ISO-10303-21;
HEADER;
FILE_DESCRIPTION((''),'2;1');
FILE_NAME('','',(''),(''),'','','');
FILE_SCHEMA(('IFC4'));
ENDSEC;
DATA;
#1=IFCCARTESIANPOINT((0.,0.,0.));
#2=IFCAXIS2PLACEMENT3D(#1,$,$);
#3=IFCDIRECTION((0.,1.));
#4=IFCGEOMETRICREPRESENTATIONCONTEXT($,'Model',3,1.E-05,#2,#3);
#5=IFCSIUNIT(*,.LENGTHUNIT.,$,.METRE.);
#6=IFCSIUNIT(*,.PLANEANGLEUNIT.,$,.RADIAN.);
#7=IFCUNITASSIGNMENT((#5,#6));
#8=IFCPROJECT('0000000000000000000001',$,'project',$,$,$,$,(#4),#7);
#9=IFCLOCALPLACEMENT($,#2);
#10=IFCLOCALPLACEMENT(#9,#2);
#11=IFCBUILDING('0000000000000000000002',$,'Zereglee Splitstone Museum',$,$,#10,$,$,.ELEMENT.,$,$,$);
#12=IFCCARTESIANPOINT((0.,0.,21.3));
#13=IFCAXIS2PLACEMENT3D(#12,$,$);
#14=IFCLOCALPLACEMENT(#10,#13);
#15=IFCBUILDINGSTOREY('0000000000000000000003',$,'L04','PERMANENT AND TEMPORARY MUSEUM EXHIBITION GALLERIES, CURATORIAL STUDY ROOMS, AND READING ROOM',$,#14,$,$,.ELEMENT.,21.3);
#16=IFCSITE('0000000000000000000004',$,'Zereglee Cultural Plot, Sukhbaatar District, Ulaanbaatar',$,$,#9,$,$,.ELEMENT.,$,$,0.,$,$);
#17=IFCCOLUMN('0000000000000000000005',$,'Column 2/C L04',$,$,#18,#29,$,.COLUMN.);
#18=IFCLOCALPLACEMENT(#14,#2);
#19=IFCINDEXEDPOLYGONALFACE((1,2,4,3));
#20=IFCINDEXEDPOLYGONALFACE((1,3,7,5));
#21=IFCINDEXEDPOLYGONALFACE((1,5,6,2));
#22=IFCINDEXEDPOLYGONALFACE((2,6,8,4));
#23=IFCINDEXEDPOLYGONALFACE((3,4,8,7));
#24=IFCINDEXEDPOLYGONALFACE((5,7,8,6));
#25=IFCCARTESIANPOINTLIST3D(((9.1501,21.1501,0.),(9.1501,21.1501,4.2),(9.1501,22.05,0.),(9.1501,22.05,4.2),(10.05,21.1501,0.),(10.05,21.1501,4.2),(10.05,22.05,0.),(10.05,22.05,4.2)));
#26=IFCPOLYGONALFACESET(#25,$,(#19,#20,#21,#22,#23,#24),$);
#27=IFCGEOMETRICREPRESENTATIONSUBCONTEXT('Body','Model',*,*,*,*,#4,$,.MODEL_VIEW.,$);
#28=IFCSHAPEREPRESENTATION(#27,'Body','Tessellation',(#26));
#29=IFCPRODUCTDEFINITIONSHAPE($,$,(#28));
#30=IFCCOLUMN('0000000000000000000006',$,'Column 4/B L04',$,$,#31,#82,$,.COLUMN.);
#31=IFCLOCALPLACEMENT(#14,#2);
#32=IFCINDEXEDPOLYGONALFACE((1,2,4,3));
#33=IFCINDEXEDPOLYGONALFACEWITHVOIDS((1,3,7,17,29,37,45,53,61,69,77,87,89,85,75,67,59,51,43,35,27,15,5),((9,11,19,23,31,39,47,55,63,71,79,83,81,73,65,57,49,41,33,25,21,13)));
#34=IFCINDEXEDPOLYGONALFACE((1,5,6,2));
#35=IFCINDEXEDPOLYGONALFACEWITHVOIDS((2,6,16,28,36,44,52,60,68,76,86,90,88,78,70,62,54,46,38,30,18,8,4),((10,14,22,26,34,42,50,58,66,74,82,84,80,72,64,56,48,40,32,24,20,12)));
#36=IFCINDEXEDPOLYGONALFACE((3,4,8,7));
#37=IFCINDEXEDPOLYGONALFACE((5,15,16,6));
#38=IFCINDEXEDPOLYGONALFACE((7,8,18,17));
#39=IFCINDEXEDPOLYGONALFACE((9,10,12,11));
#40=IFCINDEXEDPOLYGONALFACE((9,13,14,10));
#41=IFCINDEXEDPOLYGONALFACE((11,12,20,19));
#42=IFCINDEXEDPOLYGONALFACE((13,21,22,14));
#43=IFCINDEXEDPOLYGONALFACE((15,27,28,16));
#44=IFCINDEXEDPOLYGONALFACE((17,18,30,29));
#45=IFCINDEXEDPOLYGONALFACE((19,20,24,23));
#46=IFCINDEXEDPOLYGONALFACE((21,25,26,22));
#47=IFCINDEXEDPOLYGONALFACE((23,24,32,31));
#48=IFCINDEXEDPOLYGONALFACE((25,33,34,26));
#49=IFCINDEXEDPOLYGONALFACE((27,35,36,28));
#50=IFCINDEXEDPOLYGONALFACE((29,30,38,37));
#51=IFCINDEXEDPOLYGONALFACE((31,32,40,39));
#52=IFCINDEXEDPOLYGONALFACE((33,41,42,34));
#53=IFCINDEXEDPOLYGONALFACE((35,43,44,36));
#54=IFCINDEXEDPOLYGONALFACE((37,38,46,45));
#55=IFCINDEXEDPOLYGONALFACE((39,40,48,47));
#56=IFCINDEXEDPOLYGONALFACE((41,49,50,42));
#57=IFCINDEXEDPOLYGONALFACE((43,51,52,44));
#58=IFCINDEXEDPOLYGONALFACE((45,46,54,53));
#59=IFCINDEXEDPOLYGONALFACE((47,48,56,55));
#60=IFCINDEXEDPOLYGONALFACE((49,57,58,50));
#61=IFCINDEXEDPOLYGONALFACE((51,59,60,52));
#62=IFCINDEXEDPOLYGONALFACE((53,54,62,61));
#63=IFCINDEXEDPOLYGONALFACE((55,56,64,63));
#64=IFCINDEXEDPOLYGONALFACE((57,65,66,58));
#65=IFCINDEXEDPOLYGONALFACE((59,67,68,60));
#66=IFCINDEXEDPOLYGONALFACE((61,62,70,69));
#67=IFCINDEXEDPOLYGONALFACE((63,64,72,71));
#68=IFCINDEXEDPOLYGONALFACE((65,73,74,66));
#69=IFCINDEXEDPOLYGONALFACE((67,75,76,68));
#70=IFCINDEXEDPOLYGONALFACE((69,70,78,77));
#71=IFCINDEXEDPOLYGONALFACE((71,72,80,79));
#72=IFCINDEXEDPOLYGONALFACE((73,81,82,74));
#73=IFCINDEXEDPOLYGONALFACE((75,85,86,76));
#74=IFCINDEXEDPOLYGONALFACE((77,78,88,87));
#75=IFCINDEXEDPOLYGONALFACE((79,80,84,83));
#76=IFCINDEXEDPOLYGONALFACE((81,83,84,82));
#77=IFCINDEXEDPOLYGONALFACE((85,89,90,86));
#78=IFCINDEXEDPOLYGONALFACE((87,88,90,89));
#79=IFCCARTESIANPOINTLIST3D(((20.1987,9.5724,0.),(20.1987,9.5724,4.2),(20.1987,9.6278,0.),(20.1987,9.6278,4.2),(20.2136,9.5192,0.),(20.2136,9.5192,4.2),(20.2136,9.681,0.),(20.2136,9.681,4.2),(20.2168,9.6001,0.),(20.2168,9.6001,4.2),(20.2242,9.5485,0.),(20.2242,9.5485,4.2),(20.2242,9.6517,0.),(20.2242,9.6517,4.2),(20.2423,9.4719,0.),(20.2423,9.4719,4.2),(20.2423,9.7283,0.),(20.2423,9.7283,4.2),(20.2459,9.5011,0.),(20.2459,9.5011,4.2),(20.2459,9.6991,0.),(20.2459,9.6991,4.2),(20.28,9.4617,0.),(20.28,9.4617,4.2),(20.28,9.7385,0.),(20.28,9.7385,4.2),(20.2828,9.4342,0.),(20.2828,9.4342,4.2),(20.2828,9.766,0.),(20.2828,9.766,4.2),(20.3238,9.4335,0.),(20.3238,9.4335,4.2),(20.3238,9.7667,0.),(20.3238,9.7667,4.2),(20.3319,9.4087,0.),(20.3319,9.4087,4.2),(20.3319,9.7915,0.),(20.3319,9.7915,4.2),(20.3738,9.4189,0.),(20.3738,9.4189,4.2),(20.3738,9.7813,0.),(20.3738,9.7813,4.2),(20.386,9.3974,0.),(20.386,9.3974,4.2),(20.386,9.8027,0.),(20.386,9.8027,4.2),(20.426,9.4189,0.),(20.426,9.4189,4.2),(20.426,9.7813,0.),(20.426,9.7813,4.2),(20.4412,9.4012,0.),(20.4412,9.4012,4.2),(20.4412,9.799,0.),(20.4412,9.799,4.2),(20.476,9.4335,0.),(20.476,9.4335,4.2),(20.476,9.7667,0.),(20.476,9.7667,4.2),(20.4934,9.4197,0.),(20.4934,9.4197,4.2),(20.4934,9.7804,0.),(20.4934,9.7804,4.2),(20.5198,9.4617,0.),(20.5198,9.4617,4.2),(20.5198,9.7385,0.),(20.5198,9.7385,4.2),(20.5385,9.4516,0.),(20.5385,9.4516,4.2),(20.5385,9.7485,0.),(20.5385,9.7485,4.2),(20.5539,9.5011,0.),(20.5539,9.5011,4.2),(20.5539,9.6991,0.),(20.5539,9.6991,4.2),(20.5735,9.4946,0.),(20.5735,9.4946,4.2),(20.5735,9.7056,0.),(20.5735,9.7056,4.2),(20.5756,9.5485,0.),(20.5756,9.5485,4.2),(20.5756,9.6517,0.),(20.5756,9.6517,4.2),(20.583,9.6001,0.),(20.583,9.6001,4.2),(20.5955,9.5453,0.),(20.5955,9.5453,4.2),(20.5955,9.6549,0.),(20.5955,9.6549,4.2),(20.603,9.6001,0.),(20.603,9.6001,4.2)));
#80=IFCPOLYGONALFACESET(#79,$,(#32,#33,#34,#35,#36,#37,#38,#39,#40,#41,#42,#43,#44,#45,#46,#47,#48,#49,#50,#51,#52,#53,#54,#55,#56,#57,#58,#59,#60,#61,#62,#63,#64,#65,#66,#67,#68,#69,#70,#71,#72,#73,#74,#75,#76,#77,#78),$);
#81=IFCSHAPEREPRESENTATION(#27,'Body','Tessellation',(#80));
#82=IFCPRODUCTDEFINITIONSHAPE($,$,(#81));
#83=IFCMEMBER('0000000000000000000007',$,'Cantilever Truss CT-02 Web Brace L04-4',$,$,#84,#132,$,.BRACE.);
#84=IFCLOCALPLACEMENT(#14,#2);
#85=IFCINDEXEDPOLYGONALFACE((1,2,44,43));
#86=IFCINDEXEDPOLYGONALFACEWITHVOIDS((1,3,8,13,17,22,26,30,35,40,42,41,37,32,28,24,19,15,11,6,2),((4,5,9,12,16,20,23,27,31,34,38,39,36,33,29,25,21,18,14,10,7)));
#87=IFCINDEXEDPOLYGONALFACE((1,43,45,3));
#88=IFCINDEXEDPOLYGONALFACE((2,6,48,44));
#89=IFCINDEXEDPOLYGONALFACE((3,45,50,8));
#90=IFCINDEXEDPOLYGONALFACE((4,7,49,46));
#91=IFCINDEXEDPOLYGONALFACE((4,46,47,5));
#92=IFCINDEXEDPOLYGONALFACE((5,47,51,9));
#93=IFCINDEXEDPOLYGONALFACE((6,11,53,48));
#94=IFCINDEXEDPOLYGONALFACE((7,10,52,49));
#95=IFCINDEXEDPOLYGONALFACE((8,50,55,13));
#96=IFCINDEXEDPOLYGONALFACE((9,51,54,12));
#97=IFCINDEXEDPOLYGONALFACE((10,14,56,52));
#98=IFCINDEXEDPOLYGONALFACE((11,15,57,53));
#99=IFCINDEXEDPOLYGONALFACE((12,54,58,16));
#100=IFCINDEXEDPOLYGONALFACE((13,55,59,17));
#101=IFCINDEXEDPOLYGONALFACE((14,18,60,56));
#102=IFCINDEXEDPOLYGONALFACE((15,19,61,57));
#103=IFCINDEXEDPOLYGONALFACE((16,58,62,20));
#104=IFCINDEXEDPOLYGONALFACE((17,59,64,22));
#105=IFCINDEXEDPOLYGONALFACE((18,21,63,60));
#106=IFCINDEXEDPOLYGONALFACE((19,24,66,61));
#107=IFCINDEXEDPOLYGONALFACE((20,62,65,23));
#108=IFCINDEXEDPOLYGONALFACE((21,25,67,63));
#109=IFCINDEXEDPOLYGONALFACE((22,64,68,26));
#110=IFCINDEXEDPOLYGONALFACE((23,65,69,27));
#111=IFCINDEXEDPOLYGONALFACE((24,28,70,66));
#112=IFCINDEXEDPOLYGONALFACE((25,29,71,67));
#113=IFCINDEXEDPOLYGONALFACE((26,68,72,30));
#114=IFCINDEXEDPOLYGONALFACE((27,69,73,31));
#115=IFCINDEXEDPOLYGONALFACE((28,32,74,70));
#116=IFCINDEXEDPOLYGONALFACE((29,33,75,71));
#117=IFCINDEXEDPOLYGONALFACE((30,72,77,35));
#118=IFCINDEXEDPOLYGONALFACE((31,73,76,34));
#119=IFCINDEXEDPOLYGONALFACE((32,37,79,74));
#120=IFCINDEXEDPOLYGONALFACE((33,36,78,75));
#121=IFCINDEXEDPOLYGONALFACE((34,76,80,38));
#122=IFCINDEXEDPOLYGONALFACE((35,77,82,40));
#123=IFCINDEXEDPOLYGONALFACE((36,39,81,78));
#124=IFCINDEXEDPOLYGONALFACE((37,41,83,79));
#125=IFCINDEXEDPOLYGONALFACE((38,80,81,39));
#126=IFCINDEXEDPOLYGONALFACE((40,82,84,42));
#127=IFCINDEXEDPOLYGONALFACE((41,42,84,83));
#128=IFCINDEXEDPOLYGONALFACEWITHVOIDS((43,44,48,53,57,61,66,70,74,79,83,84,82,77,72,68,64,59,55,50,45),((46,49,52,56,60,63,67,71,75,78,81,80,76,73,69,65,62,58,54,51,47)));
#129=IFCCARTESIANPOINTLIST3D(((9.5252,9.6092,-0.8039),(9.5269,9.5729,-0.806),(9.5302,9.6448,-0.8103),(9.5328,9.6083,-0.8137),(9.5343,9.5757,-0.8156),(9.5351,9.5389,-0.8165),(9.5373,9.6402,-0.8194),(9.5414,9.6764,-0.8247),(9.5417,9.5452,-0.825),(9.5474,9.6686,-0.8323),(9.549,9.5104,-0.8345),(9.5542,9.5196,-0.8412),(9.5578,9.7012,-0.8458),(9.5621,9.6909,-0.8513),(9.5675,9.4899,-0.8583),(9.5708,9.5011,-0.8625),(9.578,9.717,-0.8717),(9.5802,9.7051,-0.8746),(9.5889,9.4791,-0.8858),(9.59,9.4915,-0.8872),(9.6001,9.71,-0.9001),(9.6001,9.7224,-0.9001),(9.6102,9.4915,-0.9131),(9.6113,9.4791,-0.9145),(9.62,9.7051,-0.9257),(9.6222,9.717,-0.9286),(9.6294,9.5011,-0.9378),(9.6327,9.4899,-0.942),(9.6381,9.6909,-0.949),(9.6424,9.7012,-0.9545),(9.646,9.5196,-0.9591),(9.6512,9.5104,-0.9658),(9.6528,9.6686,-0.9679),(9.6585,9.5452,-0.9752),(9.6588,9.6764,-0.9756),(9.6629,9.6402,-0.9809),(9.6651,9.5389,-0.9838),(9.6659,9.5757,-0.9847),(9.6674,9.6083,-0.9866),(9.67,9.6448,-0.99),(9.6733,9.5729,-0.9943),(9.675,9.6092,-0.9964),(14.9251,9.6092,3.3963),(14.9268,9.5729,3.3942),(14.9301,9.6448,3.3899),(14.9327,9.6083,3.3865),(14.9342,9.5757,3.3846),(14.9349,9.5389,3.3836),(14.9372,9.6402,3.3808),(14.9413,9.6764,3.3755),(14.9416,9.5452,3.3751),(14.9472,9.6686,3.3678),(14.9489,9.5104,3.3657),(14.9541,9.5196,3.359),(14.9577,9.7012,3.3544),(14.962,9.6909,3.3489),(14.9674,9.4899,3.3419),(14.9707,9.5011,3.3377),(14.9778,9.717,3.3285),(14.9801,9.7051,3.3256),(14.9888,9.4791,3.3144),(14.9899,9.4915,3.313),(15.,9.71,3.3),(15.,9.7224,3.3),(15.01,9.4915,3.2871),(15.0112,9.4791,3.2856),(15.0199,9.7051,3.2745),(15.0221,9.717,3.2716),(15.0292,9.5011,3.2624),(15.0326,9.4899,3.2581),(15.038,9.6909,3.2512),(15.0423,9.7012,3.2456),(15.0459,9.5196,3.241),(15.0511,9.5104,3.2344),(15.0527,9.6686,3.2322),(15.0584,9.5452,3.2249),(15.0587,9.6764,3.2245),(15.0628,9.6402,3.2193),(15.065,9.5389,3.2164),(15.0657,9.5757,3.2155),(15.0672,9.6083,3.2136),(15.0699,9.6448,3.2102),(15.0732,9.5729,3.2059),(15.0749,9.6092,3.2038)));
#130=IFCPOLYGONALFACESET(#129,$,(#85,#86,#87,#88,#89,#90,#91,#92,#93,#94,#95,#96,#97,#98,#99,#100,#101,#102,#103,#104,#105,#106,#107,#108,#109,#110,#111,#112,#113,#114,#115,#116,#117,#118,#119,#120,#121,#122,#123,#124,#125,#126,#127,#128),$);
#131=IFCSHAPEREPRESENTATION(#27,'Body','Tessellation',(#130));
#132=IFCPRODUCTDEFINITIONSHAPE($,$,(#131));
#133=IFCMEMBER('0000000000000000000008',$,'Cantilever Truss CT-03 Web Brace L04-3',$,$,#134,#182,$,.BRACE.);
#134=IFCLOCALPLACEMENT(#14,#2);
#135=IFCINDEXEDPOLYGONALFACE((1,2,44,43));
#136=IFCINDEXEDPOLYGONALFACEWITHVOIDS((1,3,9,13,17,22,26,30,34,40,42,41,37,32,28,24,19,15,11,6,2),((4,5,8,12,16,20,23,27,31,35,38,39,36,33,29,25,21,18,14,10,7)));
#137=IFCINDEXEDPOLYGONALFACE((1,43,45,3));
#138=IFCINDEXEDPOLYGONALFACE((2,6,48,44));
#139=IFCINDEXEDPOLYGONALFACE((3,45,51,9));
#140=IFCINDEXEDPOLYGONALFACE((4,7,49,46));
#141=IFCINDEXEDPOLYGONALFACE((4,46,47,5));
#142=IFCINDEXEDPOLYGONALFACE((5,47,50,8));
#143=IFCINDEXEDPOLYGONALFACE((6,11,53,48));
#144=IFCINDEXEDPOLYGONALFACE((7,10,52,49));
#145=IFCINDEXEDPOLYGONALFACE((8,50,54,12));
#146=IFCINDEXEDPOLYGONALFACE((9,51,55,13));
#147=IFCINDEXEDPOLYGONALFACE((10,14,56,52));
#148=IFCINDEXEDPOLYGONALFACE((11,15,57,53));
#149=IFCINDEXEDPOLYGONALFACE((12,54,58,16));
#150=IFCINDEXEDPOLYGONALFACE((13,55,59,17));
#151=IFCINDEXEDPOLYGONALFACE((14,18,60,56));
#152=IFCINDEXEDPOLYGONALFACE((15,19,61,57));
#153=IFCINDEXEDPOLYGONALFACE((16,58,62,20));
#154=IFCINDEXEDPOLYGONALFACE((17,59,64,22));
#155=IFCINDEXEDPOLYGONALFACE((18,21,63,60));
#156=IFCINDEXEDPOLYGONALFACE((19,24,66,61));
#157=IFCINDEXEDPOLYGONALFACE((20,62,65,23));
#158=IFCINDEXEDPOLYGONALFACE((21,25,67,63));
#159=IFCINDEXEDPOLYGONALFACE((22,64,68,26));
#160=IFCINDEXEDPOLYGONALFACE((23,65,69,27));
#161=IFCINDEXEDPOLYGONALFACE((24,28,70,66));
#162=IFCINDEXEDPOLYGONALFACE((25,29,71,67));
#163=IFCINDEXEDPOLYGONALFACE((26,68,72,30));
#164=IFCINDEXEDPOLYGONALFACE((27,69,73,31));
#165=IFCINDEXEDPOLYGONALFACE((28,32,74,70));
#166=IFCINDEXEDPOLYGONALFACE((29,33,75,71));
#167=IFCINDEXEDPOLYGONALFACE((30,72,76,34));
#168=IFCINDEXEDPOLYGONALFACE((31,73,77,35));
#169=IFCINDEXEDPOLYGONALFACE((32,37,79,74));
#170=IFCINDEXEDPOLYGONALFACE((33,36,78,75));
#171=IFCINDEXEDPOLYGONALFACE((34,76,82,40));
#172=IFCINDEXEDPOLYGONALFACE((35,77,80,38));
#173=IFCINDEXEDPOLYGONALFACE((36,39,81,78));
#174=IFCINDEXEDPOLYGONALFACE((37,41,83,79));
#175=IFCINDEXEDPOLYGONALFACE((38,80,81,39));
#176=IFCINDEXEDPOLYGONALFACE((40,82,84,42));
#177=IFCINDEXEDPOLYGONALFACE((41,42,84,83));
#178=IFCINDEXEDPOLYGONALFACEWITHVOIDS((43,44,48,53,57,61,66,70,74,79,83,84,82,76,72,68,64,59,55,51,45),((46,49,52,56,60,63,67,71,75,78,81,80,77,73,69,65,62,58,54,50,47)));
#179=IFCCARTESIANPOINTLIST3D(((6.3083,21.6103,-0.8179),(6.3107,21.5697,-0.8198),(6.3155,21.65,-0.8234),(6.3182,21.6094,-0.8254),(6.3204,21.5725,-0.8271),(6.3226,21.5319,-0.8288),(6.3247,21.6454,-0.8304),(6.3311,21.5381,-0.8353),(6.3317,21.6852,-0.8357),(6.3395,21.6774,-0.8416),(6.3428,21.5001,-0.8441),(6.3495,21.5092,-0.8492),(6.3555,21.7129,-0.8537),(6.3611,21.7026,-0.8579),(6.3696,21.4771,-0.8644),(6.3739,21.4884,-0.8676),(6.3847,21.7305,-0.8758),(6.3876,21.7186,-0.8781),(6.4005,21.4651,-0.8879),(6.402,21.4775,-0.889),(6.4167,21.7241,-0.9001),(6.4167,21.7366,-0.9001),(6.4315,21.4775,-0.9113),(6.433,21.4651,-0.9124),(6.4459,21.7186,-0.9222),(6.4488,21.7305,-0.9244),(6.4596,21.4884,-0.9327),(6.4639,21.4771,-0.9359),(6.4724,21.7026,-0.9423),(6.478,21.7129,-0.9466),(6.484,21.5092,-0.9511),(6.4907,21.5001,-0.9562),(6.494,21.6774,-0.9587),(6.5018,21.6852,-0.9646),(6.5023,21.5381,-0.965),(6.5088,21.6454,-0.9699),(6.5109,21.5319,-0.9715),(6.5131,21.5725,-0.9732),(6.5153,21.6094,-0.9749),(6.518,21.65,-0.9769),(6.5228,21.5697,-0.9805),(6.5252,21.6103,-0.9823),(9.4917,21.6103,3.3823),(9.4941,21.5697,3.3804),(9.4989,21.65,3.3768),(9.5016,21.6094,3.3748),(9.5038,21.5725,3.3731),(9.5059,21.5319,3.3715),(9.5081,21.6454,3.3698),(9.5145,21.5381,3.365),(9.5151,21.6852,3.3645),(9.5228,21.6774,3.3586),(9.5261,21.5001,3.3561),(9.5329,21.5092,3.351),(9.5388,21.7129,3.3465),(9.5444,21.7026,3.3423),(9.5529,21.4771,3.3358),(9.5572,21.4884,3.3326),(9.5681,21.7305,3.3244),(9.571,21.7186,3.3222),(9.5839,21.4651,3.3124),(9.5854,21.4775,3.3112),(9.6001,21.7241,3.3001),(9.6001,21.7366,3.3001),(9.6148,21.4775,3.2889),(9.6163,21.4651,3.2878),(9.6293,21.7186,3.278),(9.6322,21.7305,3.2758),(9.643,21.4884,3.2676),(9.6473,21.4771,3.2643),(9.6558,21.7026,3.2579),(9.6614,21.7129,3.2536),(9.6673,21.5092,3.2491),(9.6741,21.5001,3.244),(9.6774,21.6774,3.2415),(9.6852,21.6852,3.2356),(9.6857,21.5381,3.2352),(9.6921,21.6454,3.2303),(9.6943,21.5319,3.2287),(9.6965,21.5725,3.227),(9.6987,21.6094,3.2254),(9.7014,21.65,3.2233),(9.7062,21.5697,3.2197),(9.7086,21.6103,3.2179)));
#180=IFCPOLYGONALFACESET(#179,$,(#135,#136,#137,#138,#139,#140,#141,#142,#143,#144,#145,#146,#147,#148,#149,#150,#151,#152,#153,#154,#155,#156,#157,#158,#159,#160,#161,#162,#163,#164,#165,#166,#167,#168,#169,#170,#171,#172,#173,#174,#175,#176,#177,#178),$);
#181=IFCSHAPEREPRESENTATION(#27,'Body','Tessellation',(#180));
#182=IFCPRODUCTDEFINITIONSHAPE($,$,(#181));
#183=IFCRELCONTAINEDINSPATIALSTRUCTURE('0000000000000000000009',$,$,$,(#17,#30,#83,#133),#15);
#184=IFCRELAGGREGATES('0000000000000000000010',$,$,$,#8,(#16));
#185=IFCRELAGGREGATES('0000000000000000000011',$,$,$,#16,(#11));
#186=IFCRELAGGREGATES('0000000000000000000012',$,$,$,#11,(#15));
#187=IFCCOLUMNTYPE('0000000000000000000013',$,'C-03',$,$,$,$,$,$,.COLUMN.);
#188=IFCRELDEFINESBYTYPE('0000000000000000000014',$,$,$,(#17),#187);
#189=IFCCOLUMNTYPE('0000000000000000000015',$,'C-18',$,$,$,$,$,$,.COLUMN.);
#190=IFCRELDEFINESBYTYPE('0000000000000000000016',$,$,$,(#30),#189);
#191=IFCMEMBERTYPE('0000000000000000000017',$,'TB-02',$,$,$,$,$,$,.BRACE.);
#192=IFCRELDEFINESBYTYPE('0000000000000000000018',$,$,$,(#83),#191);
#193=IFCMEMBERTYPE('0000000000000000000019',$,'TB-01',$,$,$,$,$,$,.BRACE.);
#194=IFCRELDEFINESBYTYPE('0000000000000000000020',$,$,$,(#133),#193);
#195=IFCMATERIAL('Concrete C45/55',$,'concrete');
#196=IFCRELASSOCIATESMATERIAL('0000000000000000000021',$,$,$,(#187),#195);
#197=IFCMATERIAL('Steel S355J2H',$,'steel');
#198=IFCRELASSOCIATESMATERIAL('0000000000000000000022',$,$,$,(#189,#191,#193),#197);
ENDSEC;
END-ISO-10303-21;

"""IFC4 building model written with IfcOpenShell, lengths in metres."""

from ifc_helpers import new_model, si_unit, direction, frame, origin, origin_2d, place, context, subcontext, project, spatial, rectangle, hollow_circle, extrude, material, material_profile, profile_set, type_object, element, save


model = new_model("IFC4")

# Units and contexts
model_context = context("Model", 3, precision=1e-05, world=origin(), true_north=direction((0.0, 1.0)))
body_context = subcontext(model_context, "Body", "Model", "MODEL_VIEW")
ifc_project = project(units=[si_unit("LENGTHUNIT", "METRE"), si_unit("PLANEANGLEUNIT", "RADIAN")], contexts=[model_context])

# Site, building, storey
site_placement = place(None, origin())
site = spatial("IfcSite", under=ifc_project, at=site_placement, Name="Zereglee Cultural Plot, Sukhbaatar District, Ulaanbaatar", CompositionType="ELEMENT", RefElevation=0.0)
building_placement = place(site_placement, origin())
building = spatial("IfcBuilding", under=site, at=building_placement, Name="Zereglee Splitstone Museum", CompositionType="ELEMENT")
storey_placement = place(building_placement, frame((0.0, 0.0, 21.3)))
storey = spatial("IfcBuildingStorey", under=building, at=storey_placement, Name="L04", Description="PERMANENT AND TEMPORARY MUSEUM EXHIBITION GALLERIES, CURATORIAL STUDY ROOMS, AND READING ROOM", CompositionType="ELEMENT", Elevation=21.3)

# Columns
ifc_material_1 = material(Name="Concrete C45/55", Category="concrete")
ifc_material_profile_1 = material_profile(ifc_material_1, rectangle(XDim=0.8999, YDim=0.8999, at=origin_2d()), Name="RC 900x900")
ifc_profile_set_1 = profile_set([ifc_material_profile_1], Name="Concrete C45/55")
column_type_1 = type_object("IfcColumnType", Name="C-03", PredefinedType="COLUMN", material=ifc_profile_set_1)
column_1_placement = place(storey_placement, frame((9.6001, 21.6001, 0.0), z_axis=(0.0, 0.0, 1.0), x_axis=(1.0, 0.0, 0.0)))
element("IfcColumn", 1, at=column_1_placement, inside=storey, type_object=column_type_1, Name="Column 2/C L04", PredefinedType="COLUMN", context=body_context, shape_type="SweptSolid", body=[
    extrude(rectangle(XDim=0.8999, YDim=0.8999, at=origin_2d()), origin(), (0.0, 0.0, 1.0), 4.2),
])
ifc_material_2 = material(Name="Steel S355J2H", Category="steel")
ifc_material_profile_2 = material_profile(ifc_material_2, hollow_circle(Radius=0.2031, WallThickness=0.02, at=origin_2d()), Name="CHS 406.4x20")
ifc_profile_set_2 = profile_set([ifc_material_profile_2], Name="Steel S355J2H")
column_type_2 = type_object("IfcColumnType", Name="C-18", PredefinedType="COLUMN", material=ifc_profile_set_2)
column_2_placement = place(storey_placement, frame((20.3999, 9.6001, 0.0), z_axis=(0.0, 0.0, 1.0), x_axis=(1.0, 0.0, 0.0)))
element("IfcColumn", 2, at=column_2_placement, inside=storey, type_object=column_type_2, Name="Column 4/B L04", PredefinedType="COLUMN", context=body_context, shape_type="SweptSolid", body=[
    extrude(hollow_circle(Radius=0.2031, WallThickness=0.02, at=origin_2d()), origin(), (0.0, 0.0, 1.0), 4.2),
])

# Members
ifc_material_profile_3 = material_profile(ifc_material_2, hollow_circle(Radius=0.1223, WallThickness=0.0125, at=origin_2d()), Name="CHS 244.5x12.5")
ifc_profile_set_3 = profile_set([ifc_material_profile_3], Name="Steel S355J2H")
member_type_1 = type_object("IfcMemberType", Name="TB-02", PredefinedType="BRACE", material=ifc_profile_set_3)
member_1_placement = place(storey_placement, frame((9.6001, 9.6001, -0.9001), z_axis=(0.789333, 0.0, 0.613965), x_axis=(0.0, 1.0, 0.0)))
element("IfcMember", 3, at=member_1_placement, inside=storey, type_object=member_type_1, Name="Cantilever Truss CT-02 Web Brace L04-4", PredefinedType="BRACE", context=body_context, shape_type="SweptSolid", body=[
    extrude(hollow_circle(Radius=0.1223, WallThickness=0.0125, at=origin_2d()), origin(), (0.0, 0.0, 1.0), 6.8411),
])
ifc_material_profile_4 = material_profile(ifc_material_2, hollow_circle(Radius=0.1365, WallThickness=0.0125, at=origin_2d()), Name="CHS 273.0x12.5")
ifc_profile_set_4 = profile_set([ifc_material_profile_4], Name="Steel S355J2H")
member_type_2 = type_object("IfcMemberType", Name="TB-01", PredefinedType="BRACE", material=ifc_profile_set_4)
member_2_placement = place(storey_placement, frame((6.4167, 21.6001, -0.9001), z_axis=(0.604024, 0.0, 0.796966), x_axis=(0.0, 1.0, 0.0)))
element("IfcMember", 4, at=member_2_placement, inside=storey, type_object=member_type_2, Name="Cantilever Truss CT-03 Web Brace L04-3", PredefinedType="BRACE", context=body_context, shape_type="SweptSolid", body=[
    extrude(hollow_circle(Radius=0.1365, WallThickness=0.0125, at=origin_2d()), origin(), (0.0, 0.0, 1.0), 5.2703),
])

save(model, "model.ifc")
